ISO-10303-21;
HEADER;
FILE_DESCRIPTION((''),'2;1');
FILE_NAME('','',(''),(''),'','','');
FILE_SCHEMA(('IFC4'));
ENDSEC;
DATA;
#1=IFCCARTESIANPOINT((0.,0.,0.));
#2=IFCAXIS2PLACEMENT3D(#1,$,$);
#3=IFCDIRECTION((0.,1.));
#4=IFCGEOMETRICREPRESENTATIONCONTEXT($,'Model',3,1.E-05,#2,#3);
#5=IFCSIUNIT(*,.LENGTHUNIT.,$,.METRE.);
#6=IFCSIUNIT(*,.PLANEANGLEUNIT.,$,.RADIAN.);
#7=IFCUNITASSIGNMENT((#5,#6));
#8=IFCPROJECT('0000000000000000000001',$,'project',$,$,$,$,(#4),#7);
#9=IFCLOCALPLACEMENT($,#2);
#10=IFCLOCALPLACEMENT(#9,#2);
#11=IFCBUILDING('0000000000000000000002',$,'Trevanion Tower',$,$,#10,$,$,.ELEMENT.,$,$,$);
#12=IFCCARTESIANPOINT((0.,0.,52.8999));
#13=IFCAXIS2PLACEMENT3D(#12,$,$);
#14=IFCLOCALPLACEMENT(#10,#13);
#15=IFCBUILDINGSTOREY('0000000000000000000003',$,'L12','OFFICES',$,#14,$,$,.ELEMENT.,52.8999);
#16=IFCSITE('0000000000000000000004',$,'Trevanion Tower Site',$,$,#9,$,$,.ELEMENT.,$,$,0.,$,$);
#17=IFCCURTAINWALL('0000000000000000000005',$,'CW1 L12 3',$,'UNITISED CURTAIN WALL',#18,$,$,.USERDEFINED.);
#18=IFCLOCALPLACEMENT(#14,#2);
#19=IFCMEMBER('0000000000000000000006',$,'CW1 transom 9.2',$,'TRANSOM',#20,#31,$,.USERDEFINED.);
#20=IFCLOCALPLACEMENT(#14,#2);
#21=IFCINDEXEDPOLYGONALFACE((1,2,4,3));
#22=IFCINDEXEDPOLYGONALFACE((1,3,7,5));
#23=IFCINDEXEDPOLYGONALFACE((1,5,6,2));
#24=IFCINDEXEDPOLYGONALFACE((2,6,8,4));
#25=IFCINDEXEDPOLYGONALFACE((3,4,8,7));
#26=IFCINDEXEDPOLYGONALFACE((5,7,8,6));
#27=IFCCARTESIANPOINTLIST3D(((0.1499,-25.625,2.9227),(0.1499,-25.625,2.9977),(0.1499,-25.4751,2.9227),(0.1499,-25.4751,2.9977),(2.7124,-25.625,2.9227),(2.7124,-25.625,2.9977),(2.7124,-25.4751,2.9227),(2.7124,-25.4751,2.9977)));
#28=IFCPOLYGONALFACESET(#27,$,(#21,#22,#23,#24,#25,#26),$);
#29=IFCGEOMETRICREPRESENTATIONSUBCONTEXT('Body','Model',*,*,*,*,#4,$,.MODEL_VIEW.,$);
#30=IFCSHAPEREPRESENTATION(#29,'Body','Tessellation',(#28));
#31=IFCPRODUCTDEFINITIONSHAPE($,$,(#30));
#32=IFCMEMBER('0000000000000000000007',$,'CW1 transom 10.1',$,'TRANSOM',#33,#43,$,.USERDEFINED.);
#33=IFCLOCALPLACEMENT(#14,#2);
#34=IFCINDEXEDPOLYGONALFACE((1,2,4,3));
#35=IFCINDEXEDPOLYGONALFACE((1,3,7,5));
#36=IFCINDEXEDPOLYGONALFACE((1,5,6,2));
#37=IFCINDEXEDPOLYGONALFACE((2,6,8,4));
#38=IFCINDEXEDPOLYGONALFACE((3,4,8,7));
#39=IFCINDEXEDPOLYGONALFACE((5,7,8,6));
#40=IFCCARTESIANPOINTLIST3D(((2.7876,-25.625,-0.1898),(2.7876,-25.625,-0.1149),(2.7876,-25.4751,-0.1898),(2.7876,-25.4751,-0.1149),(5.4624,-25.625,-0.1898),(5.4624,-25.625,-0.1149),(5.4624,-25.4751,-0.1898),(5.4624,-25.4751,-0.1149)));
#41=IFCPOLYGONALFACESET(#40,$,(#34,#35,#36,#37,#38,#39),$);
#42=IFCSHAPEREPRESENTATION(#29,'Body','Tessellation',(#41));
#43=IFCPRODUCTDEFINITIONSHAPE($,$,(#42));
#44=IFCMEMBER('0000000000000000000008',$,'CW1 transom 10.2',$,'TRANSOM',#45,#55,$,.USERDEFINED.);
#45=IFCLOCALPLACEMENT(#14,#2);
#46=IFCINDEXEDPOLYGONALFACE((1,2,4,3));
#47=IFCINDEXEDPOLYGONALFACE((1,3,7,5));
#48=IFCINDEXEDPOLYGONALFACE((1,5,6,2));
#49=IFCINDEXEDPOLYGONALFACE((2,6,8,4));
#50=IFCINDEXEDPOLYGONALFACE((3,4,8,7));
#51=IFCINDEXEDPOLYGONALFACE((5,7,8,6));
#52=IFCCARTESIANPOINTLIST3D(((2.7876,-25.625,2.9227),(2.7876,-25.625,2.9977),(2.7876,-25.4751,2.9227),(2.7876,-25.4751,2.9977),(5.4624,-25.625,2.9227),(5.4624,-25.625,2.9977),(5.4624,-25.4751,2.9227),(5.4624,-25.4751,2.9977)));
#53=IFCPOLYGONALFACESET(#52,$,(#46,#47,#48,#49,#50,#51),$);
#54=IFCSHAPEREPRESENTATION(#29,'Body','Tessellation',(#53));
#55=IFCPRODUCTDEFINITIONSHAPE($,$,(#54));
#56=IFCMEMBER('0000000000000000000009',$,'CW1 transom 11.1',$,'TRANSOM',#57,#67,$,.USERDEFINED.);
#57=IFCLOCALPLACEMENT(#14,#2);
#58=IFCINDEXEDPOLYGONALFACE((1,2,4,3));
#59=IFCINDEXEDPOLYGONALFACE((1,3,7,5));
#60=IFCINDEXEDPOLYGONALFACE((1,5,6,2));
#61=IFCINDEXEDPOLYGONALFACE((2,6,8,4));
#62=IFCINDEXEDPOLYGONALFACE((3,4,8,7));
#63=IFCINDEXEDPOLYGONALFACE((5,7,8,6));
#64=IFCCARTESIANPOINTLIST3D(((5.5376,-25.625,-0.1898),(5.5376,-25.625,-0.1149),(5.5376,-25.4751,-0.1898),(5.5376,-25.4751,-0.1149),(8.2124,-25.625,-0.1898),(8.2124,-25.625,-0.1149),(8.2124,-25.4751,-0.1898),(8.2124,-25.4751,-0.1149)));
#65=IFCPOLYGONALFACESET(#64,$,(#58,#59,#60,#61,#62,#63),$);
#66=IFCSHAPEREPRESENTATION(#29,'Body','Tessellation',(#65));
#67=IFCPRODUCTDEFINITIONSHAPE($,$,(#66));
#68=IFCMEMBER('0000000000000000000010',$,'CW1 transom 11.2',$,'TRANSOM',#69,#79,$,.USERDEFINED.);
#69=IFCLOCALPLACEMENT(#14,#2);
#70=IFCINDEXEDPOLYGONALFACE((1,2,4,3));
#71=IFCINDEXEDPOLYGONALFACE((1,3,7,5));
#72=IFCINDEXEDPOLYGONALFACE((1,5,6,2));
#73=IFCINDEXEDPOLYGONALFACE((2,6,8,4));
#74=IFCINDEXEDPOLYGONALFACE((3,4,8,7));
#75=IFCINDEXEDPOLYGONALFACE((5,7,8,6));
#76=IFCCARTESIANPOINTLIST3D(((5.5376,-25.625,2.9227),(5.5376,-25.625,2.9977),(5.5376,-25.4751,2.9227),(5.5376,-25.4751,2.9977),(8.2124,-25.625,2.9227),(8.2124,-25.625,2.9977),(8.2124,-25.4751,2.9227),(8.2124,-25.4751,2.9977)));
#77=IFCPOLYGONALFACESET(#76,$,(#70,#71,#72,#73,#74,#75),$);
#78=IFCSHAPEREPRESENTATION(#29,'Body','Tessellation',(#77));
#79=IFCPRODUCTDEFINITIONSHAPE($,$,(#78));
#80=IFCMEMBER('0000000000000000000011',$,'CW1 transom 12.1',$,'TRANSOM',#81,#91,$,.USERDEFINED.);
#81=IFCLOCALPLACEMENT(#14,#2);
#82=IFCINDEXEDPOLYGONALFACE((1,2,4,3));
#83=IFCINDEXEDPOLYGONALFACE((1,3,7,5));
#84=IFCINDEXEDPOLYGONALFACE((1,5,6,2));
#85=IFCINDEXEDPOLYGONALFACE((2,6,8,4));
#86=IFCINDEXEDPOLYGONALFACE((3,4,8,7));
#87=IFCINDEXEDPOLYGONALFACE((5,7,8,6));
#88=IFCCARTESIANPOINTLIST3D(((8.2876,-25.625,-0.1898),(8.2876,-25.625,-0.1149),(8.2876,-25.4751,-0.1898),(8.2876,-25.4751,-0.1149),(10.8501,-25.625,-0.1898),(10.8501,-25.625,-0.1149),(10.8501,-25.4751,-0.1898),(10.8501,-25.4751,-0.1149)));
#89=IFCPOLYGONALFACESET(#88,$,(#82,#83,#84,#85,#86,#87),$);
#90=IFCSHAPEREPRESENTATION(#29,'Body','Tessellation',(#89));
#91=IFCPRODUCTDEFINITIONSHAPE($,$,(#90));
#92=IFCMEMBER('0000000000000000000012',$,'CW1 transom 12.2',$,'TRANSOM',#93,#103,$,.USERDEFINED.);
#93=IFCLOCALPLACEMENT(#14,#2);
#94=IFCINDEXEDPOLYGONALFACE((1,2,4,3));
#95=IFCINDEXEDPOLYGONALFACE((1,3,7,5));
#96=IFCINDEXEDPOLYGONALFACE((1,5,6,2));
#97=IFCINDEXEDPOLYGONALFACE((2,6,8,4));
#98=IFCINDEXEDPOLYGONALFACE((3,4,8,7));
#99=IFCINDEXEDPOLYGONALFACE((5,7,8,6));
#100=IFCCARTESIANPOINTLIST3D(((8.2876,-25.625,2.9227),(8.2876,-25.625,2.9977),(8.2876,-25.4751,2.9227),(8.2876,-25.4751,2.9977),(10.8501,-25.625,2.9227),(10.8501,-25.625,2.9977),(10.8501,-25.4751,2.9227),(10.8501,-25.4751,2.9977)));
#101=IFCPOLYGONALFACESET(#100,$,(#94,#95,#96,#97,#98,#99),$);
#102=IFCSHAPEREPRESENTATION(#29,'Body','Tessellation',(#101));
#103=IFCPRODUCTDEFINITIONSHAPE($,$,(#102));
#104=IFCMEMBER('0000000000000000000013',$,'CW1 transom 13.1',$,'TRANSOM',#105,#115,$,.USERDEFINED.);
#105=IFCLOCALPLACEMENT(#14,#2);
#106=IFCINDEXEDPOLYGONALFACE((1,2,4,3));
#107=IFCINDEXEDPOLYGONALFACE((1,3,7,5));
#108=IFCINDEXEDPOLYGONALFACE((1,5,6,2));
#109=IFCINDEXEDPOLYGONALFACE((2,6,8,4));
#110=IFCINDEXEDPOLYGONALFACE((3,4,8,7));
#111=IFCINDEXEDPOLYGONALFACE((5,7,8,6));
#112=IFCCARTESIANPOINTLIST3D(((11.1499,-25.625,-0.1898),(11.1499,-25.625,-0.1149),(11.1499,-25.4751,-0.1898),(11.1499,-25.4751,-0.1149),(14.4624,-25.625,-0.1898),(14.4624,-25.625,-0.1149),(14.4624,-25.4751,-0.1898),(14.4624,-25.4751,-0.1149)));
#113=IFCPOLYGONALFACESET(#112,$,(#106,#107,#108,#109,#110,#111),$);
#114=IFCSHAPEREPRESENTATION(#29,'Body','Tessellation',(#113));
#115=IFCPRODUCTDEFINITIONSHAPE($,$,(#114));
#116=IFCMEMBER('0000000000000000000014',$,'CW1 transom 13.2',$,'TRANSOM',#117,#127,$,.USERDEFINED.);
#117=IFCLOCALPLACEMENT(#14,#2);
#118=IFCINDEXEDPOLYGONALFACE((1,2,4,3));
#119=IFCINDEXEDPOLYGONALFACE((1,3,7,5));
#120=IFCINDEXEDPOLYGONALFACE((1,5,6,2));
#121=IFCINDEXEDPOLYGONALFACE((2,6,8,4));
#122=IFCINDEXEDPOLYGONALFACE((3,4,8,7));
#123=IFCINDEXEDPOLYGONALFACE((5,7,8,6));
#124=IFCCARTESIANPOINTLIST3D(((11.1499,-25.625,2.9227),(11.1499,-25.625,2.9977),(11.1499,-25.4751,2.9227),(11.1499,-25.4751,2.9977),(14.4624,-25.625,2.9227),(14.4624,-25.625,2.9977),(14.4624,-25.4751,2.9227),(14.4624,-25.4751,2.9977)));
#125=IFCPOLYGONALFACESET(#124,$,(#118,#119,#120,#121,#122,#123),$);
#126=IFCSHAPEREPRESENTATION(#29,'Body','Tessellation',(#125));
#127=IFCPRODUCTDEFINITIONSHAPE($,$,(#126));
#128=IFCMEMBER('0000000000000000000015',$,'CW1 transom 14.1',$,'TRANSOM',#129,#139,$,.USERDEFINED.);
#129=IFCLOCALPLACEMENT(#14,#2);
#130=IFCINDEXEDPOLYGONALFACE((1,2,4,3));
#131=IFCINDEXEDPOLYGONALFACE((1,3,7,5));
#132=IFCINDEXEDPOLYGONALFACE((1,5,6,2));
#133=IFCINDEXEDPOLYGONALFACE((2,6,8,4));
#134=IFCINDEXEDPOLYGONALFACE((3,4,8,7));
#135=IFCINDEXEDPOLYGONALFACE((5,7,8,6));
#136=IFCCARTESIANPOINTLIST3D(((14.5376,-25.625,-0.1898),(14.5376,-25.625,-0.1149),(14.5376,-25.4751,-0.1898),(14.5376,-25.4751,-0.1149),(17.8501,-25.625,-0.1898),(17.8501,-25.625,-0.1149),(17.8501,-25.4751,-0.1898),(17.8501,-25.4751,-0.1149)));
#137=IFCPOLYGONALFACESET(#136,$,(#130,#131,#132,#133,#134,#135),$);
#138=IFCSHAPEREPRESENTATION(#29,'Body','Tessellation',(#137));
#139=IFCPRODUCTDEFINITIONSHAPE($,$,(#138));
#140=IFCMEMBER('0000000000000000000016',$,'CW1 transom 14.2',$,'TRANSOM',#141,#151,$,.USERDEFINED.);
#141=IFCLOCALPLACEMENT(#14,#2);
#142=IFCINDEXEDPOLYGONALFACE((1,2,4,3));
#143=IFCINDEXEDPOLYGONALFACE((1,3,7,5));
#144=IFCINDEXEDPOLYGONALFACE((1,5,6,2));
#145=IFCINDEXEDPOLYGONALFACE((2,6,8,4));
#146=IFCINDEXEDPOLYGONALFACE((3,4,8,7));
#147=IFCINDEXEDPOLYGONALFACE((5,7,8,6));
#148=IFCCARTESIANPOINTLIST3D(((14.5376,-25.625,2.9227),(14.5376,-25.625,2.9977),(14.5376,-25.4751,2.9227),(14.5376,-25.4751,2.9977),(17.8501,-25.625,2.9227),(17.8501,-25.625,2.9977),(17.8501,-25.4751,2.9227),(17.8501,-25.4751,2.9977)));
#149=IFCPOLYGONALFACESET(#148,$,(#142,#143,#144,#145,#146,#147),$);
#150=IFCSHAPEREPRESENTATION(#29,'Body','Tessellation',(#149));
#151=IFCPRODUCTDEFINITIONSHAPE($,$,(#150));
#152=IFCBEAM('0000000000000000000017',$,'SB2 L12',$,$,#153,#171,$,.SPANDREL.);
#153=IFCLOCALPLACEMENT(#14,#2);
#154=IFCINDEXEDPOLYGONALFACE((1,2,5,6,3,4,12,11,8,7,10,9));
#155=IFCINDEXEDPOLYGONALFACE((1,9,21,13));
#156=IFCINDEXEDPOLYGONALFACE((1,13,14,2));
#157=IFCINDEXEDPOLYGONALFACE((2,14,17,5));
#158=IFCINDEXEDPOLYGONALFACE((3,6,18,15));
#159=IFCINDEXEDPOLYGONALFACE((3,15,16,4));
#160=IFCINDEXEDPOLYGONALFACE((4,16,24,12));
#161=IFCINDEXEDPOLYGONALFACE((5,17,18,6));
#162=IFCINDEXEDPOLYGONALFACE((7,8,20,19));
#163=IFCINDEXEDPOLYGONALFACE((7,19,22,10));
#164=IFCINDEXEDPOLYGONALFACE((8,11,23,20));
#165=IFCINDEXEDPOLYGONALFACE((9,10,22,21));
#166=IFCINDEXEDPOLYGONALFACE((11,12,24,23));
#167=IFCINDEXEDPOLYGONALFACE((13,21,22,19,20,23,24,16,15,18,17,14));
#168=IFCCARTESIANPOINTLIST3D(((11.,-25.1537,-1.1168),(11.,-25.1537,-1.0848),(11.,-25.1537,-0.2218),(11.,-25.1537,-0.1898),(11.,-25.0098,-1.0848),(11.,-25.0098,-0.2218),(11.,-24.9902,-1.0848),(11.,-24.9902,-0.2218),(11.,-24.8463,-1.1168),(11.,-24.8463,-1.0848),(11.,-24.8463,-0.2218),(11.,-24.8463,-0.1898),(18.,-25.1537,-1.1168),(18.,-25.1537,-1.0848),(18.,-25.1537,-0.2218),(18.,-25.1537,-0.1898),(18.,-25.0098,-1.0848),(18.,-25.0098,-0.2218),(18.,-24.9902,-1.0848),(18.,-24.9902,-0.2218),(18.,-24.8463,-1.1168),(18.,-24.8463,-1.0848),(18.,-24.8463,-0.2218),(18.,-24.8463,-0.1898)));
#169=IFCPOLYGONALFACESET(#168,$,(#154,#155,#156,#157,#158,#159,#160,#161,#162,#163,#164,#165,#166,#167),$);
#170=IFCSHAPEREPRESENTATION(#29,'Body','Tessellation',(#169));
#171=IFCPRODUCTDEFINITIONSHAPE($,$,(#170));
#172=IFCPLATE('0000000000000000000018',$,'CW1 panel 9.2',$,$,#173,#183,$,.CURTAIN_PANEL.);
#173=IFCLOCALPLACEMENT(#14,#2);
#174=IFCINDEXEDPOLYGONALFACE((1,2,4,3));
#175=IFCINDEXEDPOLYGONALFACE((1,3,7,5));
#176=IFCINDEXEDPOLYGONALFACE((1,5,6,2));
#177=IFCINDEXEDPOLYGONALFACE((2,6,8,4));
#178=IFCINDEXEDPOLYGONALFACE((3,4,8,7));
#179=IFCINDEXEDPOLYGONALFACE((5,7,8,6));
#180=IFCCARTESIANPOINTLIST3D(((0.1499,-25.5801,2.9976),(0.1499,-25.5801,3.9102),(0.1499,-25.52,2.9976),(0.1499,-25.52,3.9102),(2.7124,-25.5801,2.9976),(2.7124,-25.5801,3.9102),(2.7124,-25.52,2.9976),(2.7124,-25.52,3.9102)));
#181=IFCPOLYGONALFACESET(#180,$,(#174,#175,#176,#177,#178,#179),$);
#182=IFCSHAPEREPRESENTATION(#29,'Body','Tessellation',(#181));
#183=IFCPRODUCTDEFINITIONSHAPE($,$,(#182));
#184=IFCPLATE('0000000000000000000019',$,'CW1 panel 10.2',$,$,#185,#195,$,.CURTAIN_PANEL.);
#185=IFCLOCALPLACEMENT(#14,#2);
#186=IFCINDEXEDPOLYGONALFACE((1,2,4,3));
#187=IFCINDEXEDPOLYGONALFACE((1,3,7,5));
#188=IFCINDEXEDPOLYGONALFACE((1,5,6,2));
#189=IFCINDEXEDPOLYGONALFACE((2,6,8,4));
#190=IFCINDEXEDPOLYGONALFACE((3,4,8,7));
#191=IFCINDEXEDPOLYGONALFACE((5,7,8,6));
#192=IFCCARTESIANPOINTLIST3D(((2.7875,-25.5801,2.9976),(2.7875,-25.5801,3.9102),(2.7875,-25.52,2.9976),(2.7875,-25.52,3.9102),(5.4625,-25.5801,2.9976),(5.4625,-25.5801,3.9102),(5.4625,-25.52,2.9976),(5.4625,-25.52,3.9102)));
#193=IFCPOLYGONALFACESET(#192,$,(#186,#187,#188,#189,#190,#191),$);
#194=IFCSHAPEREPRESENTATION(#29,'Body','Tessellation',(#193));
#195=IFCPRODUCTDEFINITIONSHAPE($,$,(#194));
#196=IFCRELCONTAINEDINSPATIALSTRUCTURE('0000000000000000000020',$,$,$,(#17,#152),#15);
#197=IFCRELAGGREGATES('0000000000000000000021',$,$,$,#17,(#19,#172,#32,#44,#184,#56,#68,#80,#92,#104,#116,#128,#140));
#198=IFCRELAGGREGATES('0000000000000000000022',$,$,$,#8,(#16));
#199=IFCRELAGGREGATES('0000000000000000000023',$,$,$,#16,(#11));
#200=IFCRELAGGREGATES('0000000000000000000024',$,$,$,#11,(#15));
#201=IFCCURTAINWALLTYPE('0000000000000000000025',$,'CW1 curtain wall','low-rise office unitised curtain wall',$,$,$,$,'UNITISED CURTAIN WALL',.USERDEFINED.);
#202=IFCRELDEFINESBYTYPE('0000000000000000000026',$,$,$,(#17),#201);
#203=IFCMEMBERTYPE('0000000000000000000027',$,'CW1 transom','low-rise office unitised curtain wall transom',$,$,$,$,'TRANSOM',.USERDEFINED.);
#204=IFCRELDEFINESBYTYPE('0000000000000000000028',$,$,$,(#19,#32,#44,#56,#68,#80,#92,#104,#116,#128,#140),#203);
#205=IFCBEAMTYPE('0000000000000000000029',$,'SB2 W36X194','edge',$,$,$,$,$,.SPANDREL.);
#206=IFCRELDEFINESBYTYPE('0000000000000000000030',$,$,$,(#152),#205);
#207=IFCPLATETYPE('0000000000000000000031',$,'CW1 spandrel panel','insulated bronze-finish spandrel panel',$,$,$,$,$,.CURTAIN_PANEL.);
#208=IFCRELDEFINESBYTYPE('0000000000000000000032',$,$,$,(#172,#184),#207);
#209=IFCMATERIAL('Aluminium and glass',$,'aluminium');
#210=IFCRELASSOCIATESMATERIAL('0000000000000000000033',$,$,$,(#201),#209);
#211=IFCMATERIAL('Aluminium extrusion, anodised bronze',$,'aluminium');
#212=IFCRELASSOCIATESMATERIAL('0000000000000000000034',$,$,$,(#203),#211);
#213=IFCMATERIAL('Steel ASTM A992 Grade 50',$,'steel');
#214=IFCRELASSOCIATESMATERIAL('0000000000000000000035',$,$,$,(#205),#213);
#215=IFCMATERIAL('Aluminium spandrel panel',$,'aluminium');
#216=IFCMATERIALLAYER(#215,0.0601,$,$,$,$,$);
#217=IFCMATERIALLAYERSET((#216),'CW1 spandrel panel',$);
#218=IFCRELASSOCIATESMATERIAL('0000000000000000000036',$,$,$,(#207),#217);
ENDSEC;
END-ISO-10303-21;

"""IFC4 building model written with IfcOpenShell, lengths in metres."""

from ifc_helpers import new_model, si_unit, direction, frame, origin, origin_2d, place, context, subcontext, project, spatial, rectangle, i_section, extrude, material, layer, layer_set, material_profile, profile_set, type_object, element, aggregate, save


model = new_model("IFC4")

# Units and contexts
model_context = context("Model", 3, precision=1e-05, world=origin(), true_north=direction((0.0, 1.0)))
body_context = subcontext(model_context, "Body", "Model", "MODEL_VIEW")
ifc_project = project(units=[si_unit("LENGTHUNIT", "METRE"), si_unit("PLANEANGLEUNIT", "RADIAN")], contexts=[model_context])

# Site, building, storey
site_placement = place(None, origin())
site = spatial("IfcSite", under=ifc_project, at=site_placement, Name="Trevanion Tower Site", CompositionType="ELEMENT", RefElevation=0.0)
building_placement = place(site_placement, origin())
building = spatial("IfcBuilding", under=site, at=building_placement, Name="Trevanion Tower", CompositionType="ELEMENT")
storey_placement = place(building_placement, frame((0.0, 0.0, 52.8999)))
storey = spatial("IfcBuildingStorey", under=building, at=storey_placement, Name="L12", Description="OFFICES", CompositionType="ELEMENT", Elevation=52.8999)

# Curtain wall, members
ifc_material_1 = material(Name="Aluminium and glass", Category="aluminium")
curtain_wall_type = type_object("IfcCurtainWallType", Name="CW1 curtain wall", Description="low-rise office unitised curtain wall", ElementType="UNITISED CURTAIN WALL", PredefinedType="USERDEFINED", material=ifc_material_1)
curtain_wall_placement = place(storey_placement, origin())
curtain_wall = element("IfcCurtainWall", 1, at=curtain_wall_placement, inside=storey, type_object=curtain_wall_type, Name="CW1 L12 3", ObjectType="UNITISED CURTAIN WALL", PredefinedType="USERDEFINED")
ifc_material_2 = material(Name="Aluminium extrusion, anodised bronze", Category="aluminium")
ifc_material_profile_1 = material_profile(ifc_material_2, rectangle(XDim=0.1499, YDim=0.075, at=origin_2d()), Name="CW1 transom")
ifc_profile_set_1 = profile_set([ifc_material_profile_1], Name="Aluminium extrusion, anodised bronze")
member_type_1 = type_object("IfcMemberType", Name="CW1 transom", Description="low-rise office unitised curtain wall transom", ElementType="TRANSOM", PredefinedType="USERDEFINED", material=ifc_profile_set_1)
member_1_placement = place(storey_placement, frame((0.1499, -25.55, 2.9602), z_axis=(1.0, 0.0, 0.0), x_axis=(0.0, 1.0, 0.0)))
member_1 = element("IfcMember", 2, at=member_1_placement, type_object=member_type_1, Name="CW1 transom 9.2", ObjectType="TRANSOM", PredefinedType="USERDEFINED", context=body_context, shape_type="SweptSolid", body=[
    extrude(rectangle(XDim=0.1499, YDim=0.075, at=origin_2d()), origin(), (0.0, 0.0, 1.0), 2.5625),
])
member_2_placement = place(storey_placement, frame((2.7876, -25.55, -0.1523), z_axis=(1.0, 0.0, 0.0), x_axis=(0.0, 1.0, 0.0)))
member_2 = element("IfcMember", 3, at=member_2_placement, type_object=member_type_1, Name="CW1 transom 10.1", ObjectType="TRANSOM", PredefinedType="USERDEFINED", context=body_context, shape_type="SweptSolid", body=[
    extrude(rectangle(XDim=0.1499, YDim=0.075, at=origin_2d()), origin(), (0.0, 0.0, 1.0), 2.6748),
])
member_3_placement = place(storey_placement, frame((2.7876, -25.55, 2.9602), z_axis=(1.0, 0.0, 0.0), x_axis=(0.0, 1.0, 0.0)))
member_3 = element("IfcMember", 4, at=member_3_placement, type_object=member_type_1, Name="CW1 transom 10.2", ObjectType="TRANSOM", PredefinedType="USERDEFINED", context=body_context, shape_type="SweptSolid", body=[
    extrude(rectangle(XDim=0.1499, YDim=0.075, at=origin_2d()), origin(), (0.0, 0.0, 1.0), 2.6748),
])
member_4_placement = place(storey_placement, frame((5.5376, -25.55, -0.1523), z_axis=(1.0, 0.0, 0.0), x_axis=(0.0, 1.0, 0.0)))
member_4 = element("IfcMember", 5, at=member_4_placement, type_object=member_type_1, Name="CW1 transom 11.1", ObjectType="TRANSOM", PredefinedType="USERDEFINED", context=body_context, shape_type="SweptSolid", body=[
    extrude(rectangle(XDim=0.1499, YDim=0.075, at=origin_2d()), origin(), (0.0, 0.0, 1.0), 2.6748),
])
member_5_placement = place(storey_placement, frame((5.5376, -25.55, 2.9602), z_axis=(1.0, 0.0, 0.0), x_axis=(0.0, 1.0, 0.0)))
member_5 = element("IfcMember", 6, at=member_5_placement, type_object=member_type_1, Name="CW1 transom 11.2", ObjectType="TRANSOM", PredefinedType="USERDEFINED", context=body_context, shape_type="SweptSolid", body=[
    extrude(rectangle(XDim=0.1499, YDim=0.075, at=origin_2d()), origin(), (0.0, 0.0, 1.0), 2.6748),
])
member_6_placement = place(storey_placement, frame((8.2876, -25.55, -0.1523), z_axis=(1.0, 0.0, 0.0), x_axis=(0.0, 1.0, 0.0)))
member_6 = element("IfcMember", 7, at=member_6_placement, type_object=member_type_1, Name="CW1 transom 12.1", ObjectType="TRANSOM", PredefinedType="USERDEFINED", context=body_context, shape_type="SweptSolid", body=[
    extrude(rectangle(XDim=0.1499, YDim=0.075, at=origin_2d()), origin(), (0.0, 0.0, 1.0), 2.5625),
])
member_7_placement = place(storey_placement, frame((8.2876, -25.55, 2.9602), z_axis=(1.0, 0.0, 0.0), x_axis=(0.0, 1.0, 0.0)))
member_7 = element("IfcMember", 8, at=member_7_placement, type_object=member_type_1, Name="CW1 transom 12.2", ObjectType="TRANSOM", PredefinedType="USERDEFINED", context=body_context, shape_type="SweptSolid", body=[
    extrude(rectangle(XDim=0.1499, YDim=0.075, at=origin_2d()), origin(), (0.0, 0.0, 1.0), 2.5625),
])
member_8_placement = place(storey_placement, frame((11.1499, -25.55, -0.1523), z_axis=(1.0, 0.0, 0.0), x_axis=(0.0, 1.0, 0.0)))
member_8 = element("IfcMember", 9, at=member_8_placement, type_object=member_type_1, Name="CW1 transom 13.1", ObjectType="TRANSOM", PredefinedType="USERDEFINED", context=body_context, shape_type="SweptSolid", body=[
    extrude(rectangle(XDim=0.1499, YDim=0.075, at=origin_2d()), origin(), (0.0, 0.0, 1.0), 3.3125),
])
member_9_placement = place(storey_placement, frame((11.1499, -25.55, 2.9602), z_axis=(1.0, 0.0, 0.0), x_axis=(0.0, 1.0, 0.0)))
member_9 = element("IfcMember", 10, at=member_9_placement, type_object=member_type_1, Name="CW1 transom 13.2", ObjectType="TRANSOM", PredefinedType="USERDEFINED", context=body_context, shape_type="SweptSolid", body=[
    extrude(rectangle(XDim=0.1499, YDim=0.075, at=origin_2d()), origin(), (0.0, 0.0, 1.0), 3.3125),
])
member_10_placement = place(storey_placement, frame((14.5376, -25.55, -0.1523), z_axis=(1.0, 0.0, 0.0), x_axis=(0.0, 1.0, 0.0)))
member_10 = element("IfcMember", 11, at=member_10_placement, type_object=member_type_1, Name="CW1 transom 14.1", ObjectType="TRANSOM", PredefinedType="USERDEFINED", context=body_context, shape_type="SweptSolid", body=[
    extrude(rectangle(XDim=0.1499, YDim=0.075, at=origin_2d()), origin(), (0.0, 0.0, 1.0), 3.3125),
])
member_11_placement = place(storey_placement, frame((14.5376, -25.55, 2.9602), z_axis=(1.0, 0.0, 0.0), x_axis=(0.0, 1.0, 0.0)))
member_11 = element("IfcMember", 12, at=member_11_placement, type_object=member_type_1, Name="CW1 transom 14.2", ObjectType="TRANSOM", PredefinedType="USERDEFINED", context=body_context, shape_type="SweptSolid", body=[
    extrude(rectangle(XDim=0.1499, YDim=0.075, at=origin_2d()), origin(), (0.0, 0.0, 1.0), 3.3125),
])

# Beam
ifc_material_3 = material(Name="Steel ASTM A992 Grade 50", Category="steel")
ifc_material_profile_2 = material_profile(ifc_material_3, i_section(OverallWidth=0.3074, OverallDepth=0.927, WebThickness=0.0195, FlangeThickness=0.032, at=origin_2d()), Name="W36X194")
ifc_profile_set_2 = profile_set([ifc_material_profile_2], Name="Steel ASTM A992 Grade 50")
beam_type_1 = type_object("IfcBeamType", Name="SB2 W36X194", Description="edge", PredefinedType="SPANDREL", material=ifc_profile_set_2)
beam_1_placement = place(storey_placement, frame((11.0, -25.0, -0.6533), z_axis=(1.0, 0.0, 0.0), x_axis=(0.0, 1.0, 0.0)))
element("IfcBeam", 13, at=beam_1_placement, inside=storey, type_object=beam_type_1, Name="SB2 L12", PredefinedType="SPANDREL", context=body_context, shape_type="SweptSolid", body=[
    extrude(i_section(OverallWidth=0.3074, OverallDepth=0.927, WebThickness=0.0195, FlangeThickness=0.032, at=origin_2d()), origin(), (0.0, 0.0, 1.0), 7.0),
])

# Plates
ifc_material_4 = material(Name="Aluminium spandrel panel", Category="aluminium")
ifc_layer_1 = layer(ifc_material_4, 0.0601)
ifc_layer_set_1 = layer_set([ifc_layer_1], Name="CW1 spandrel panel")
plate_type_1 = type_object("IfcPlateType", Name="CW1 spandrel panel", Description="insulated bronze-finish spandrel panel", PredefinedType="CURTAIN_PANEL", material=ifc_layer_set_1)
plate_1_placement = place(storey_placement, frame((1.4312, -25.55, 2.9976), z_axis=(0.0, 0.0, 1.0), x_axis=(1.0, 0.0, 0.0)))
plate_1 = element("IfcPlate", 14, at=plate_1_placement, type_object=plate_type_1, Name="CW1 panel 9.2", PredefinedType="CURTAIN_PANEL", context=body_context, shape_type="SweptSolid", body=[
    extrude(rectangle(XDim=2.5625, YDim=0.0601, at=origin_2d()), origin(), (0.0, 0.0, 1.0), 0.9126),
])
plate_2_placement = place(storey_placement, frame((4.125, -25.55, 2.9976), z_axis=(0.0, 0.0, 1.0), x_axis=(1.0, 0.0, 0.0)))
plate_2 = element("IfcPlate", 15, at=plate_2_placement, type_object=plate_type_1, Name="CW1 panel 10.2", PredefinedType="CURTAIN_PANEL", context=body_context, shape_type="SweptSolid", body=[
    extrude(rectangle(XDim=2.675, YDim=0.0601, at=origin_2d()), origin(), (0.0, 0.0, 1.0), 0.9126),
])
aggregate(curtain_wall, [member_1, plate_1, member_2, member_3, plate_2, member_4, member_5, member_6, member_7, member_8, member_9, member_10, member_11])

save(model, "model.ifc")
